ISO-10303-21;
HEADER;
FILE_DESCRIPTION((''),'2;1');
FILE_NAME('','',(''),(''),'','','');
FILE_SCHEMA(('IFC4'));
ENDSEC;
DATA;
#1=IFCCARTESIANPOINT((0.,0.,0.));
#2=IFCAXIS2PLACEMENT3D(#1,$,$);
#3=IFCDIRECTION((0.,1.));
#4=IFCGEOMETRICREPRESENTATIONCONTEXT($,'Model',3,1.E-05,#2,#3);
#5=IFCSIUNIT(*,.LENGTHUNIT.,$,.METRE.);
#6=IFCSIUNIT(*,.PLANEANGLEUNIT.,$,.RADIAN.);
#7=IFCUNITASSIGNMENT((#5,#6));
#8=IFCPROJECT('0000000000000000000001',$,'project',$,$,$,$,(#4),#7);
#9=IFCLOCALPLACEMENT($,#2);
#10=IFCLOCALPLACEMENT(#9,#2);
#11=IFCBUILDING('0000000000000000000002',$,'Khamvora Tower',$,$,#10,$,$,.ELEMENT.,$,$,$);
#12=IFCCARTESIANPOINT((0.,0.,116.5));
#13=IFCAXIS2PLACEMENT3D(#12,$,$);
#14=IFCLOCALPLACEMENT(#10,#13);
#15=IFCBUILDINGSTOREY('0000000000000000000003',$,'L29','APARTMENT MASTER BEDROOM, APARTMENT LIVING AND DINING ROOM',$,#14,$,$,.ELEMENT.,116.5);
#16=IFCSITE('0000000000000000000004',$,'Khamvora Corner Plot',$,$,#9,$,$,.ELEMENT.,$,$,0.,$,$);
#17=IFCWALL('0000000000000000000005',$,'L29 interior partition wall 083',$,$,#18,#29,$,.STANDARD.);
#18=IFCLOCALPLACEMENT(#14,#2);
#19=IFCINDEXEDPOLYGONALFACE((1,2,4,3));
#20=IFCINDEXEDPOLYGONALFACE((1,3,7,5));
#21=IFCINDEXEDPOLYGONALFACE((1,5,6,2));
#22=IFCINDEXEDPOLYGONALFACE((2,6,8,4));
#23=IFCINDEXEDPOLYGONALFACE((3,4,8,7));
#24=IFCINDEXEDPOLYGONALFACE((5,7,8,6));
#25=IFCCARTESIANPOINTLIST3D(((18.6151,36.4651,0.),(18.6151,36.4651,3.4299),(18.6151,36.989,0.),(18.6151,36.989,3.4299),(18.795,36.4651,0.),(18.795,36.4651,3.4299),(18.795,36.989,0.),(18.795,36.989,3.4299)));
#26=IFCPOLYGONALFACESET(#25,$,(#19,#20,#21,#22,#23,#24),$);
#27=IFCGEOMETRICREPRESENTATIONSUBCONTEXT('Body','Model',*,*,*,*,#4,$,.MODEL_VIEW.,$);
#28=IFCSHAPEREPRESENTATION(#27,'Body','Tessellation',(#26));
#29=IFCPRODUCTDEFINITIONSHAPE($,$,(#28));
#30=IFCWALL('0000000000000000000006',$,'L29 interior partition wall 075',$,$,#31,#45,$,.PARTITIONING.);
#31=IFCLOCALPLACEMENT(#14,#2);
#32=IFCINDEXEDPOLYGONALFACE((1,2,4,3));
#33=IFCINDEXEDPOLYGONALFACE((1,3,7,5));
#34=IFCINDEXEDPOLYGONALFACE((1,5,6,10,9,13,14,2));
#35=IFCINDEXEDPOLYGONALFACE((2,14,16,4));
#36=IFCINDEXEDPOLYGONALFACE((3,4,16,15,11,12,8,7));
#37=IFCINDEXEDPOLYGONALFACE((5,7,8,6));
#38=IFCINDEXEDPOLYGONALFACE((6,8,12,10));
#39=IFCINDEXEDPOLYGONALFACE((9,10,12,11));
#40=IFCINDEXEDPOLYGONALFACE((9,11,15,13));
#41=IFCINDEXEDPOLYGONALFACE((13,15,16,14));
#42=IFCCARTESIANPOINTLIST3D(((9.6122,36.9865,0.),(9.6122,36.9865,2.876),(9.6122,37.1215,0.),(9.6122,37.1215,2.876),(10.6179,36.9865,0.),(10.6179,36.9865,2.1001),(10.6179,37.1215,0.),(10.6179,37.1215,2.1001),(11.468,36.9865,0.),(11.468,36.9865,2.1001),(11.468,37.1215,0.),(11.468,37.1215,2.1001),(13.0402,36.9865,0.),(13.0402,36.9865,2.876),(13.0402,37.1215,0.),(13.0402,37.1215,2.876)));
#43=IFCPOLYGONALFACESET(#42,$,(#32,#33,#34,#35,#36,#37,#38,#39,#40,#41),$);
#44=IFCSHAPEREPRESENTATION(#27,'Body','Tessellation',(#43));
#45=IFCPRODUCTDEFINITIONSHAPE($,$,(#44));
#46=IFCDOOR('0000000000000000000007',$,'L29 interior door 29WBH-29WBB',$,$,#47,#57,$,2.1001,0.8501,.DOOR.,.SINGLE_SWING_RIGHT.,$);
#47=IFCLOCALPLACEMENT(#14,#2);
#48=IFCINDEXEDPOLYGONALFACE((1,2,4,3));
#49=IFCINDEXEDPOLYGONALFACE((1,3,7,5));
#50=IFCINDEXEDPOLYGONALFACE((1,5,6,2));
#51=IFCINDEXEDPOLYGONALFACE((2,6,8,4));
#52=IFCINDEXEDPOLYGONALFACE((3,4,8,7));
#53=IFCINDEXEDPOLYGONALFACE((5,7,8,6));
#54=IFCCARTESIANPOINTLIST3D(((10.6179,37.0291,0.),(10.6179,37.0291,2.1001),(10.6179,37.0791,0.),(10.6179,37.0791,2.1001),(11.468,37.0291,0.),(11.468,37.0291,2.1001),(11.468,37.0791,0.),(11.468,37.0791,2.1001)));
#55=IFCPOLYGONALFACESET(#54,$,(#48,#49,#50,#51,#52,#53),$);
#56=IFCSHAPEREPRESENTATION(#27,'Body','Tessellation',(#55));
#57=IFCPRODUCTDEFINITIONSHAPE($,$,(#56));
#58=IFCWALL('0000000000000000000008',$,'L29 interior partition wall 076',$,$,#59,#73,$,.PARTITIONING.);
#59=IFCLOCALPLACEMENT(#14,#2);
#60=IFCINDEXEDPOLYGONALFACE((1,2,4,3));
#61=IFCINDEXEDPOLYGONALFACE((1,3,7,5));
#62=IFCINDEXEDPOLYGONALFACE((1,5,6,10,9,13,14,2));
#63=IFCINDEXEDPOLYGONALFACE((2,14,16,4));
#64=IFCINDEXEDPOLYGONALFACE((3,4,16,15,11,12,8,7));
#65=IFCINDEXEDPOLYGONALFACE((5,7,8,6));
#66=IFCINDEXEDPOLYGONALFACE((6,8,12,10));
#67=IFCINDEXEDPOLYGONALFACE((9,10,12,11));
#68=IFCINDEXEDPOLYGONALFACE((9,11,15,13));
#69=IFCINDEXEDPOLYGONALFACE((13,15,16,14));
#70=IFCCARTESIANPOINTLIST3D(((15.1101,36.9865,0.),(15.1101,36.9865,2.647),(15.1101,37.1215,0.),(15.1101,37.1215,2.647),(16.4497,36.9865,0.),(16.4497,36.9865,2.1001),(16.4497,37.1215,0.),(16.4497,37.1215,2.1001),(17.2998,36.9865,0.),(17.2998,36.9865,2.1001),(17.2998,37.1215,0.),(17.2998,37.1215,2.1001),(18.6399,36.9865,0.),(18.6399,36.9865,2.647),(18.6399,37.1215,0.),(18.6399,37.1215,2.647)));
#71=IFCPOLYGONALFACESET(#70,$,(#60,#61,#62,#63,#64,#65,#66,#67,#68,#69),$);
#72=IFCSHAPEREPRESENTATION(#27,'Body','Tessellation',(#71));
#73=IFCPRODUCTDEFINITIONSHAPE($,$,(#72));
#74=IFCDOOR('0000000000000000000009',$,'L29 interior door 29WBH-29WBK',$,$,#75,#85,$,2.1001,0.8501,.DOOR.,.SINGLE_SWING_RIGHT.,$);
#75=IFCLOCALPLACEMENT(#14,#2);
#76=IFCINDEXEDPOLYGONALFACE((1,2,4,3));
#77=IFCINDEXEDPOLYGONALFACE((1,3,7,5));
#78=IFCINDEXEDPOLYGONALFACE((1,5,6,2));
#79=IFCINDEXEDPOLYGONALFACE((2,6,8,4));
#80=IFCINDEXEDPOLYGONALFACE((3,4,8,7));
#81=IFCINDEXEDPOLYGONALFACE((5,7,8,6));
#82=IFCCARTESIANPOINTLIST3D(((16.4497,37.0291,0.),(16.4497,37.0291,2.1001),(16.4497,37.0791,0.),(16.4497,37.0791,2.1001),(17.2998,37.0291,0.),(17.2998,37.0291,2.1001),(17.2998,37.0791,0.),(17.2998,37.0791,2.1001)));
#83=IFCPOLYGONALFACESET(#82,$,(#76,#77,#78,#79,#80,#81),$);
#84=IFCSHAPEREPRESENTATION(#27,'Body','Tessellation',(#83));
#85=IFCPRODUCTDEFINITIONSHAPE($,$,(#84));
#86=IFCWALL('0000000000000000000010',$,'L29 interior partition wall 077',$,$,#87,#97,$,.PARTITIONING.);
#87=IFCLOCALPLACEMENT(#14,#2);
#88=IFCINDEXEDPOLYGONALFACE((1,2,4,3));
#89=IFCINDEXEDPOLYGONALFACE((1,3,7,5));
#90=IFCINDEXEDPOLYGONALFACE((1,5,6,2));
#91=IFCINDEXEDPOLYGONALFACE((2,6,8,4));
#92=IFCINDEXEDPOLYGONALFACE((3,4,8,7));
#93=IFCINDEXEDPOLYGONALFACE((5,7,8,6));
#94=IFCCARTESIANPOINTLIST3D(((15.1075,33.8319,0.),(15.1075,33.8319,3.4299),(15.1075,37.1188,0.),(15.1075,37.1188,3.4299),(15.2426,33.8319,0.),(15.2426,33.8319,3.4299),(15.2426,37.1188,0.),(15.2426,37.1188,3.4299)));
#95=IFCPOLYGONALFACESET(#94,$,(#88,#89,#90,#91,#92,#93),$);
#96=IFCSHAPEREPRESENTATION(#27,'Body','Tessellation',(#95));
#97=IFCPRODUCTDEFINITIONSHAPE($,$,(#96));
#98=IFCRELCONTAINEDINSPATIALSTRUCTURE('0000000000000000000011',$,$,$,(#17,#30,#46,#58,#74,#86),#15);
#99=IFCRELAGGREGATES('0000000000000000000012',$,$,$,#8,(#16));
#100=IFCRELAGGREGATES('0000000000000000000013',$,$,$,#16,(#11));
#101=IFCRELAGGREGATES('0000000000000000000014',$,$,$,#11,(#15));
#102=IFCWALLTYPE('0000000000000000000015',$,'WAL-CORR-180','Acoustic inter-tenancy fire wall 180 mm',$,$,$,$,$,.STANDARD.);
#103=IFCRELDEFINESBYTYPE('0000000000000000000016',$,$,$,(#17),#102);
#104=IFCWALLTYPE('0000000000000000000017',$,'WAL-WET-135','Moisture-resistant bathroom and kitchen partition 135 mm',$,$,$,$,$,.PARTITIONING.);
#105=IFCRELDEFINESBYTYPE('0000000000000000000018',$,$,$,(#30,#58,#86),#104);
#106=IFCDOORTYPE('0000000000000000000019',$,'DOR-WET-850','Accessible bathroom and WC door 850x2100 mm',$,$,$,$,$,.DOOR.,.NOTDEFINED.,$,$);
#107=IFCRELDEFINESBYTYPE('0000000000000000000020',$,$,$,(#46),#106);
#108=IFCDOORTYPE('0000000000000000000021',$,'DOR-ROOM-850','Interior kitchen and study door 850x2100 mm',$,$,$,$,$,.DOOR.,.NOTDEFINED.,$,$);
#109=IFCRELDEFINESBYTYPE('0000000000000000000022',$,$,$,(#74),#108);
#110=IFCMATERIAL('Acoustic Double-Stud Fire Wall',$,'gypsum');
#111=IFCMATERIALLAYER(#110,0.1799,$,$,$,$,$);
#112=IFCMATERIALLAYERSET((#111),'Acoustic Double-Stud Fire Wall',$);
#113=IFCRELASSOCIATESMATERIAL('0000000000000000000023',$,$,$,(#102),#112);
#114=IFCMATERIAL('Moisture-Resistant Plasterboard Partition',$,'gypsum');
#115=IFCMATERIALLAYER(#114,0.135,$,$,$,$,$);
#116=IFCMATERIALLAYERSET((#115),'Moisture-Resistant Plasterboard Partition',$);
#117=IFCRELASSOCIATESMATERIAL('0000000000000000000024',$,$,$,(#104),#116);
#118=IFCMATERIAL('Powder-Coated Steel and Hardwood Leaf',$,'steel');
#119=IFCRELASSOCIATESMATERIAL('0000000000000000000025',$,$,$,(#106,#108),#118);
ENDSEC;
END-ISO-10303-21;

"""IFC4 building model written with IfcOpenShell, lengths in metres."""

from ifc_helpers import new_model, si_unit, direction, frame, frame_2d, origin, place, context, subcontext, project, spatial, rectangle, extrude, material, layer, layer_set, type_object, element, fill, save


model = new_model("IFC4")

# Units and contexts
model_context = context("Model", 3, precision=1e-05, world=origin(), true_north=direction((0.0, 1.0)))
body_context = subcontext(model_context, "Body", "Model", "MODEL_VIEW")
ifc_project = project(units=[si_unit("LENGTHUNIT", "METRE"), si_unit("PLANEANGLEUNIT", "RADIAN")], contexts=[model_context])

# Site, building, storey
site_placement = place(None, origin())
site = spatial("IfcSite", under=ifc_project, at=site_placement, Name="Khamvora Corner Plot", CompositionType="ELEMENT", RefElevation=0.0)
building_placement = place(site_placement, origin())
building = spatial("IfcBuilding", under=site, at=building_placement, Name="Khamvora Tower", CompositionType="ELEMENT")
storey_placement = place(building_placement, frame((0.0, 0.0, 116.5)))
storey = spatial("IfcBuildingStorey", under=building, at=storey_placement, Name="L29", Description="APARTMENT MASTER BEDROOM, APARTMENT LIVING AND DINING ROOM", CompositionType="ELEMENT", Elevation=116.5)

# Wall
ifc_material_1 = material(Name="Acoustic Double-Stud Fire Wall", Category="gypsum")
ifc_layer_1 = layer(ifc_material_1, 0.1799)
ifc_layer_set_1 = layer_set([ifc_layer_1], Name="Acoustic Double-Stud Fire Wall")
wall_type_1 = type_object("IfcWallType", Name="WAL-CORR-180", Description="Acoustic inter-tenancy fire wall 180 mm", PredefinedType="STANDARD", material=ifc_layer_set_1)
wall_1_placement = place(storey_placement, frame((18.7051, 36.989, 0.0), z_axis=(0.0, 0.0, 1.0), x_axis=(0.0, -1.0, 0.0)))
element("IfcWall", 1, at=wall_1_placement, inside=storey, type_object=wall_type_1, Name="L29 interior partition wall 083", PredefinedType="STANDARD", context=body_context, shape_type="SweptSolid", body=[
    extrude(rectangle(XDim=0.5239, YDim=0.1799, at=frame_2d((0.262, 0.0))), origin(), (0.0, 0.0, 1.0), 3.4299),
])

# Walls, openings, doors
ifc_material_2 = material(Name="Moisture-Resistant Plasterboard Partition", Category="gypsum")
ifc_layer_2 = layer(ifc_material_2, 0.135)
ifc_layer_set_2 = layer_set([ifc_layer_2], Name="Moisture-Resistant Plasterboard Partition")
wall_type_2 = type_object("IfcWallType", Name="WAL-WET-135", Description="Moisture-resistant bathroom and kitchen partition 135 mm", PredefinedType="PARTITIONING", material=ifc_layer_set_2)
wall_2_placement = place(storey_placement, frame((13.04, 37.054, 0.0), z_axis=(0.0, 0.0, 1.0), x_axis=(-1.0, 0.0, 0.0)))
wall_2 = element("IfcWall", 2, at=wall_2_placement, inside=storey, type_object=wall_type_2, Name="L29 interior partition wall 075", PredefinedType="PARTITIONING", context=body_context, shape_type="SweptSolid", body=[
    extrude(rectangle(XDim=3.428, YDim=0.135, at=frame_2d((1.7139, 0.0))), origin(), (0.0, 0.0, 1.0), 2.876),
])
opening_1_placement = place(wall_2_placement, frame((1.572, 0.0, 0.0)))
opening_1 = element("IfcOpeningElement", 3, at=opening_1_placement, cuts=wall_2, PredefinedType="OPENING", context=body_context, shape_type="SweptSolid", body=[
    extrude(rectangle(XDim=0.8501, YDim=2.1001, at=frame_2d((0.425, 1.05))), frame((0.0, 0.0774, 0.0), z_axis=(0.0, -1.0, 0.0), x_axis=(1.0, 0.0, 0.0)), (0.0, 0.0, 1.0), 0.155),
])
ifc_material_3 = material(Name="Powder-Coated Steel and Hardwood Leaf", Category="steel")
door_type_1 = type_object("IfcDoorType", Name="DOR-WET-850", Description="Accessible bathroom and WC door 850x2100 mm", OperationType="NOTDEFINED", PredefinedType="DOOR", material=ifc_material_3)
door_1_placement = place(opening_1_placement, origin())
door_1 = element("IfcDoor", 4, at=door_1_placement, inside=storey, type_object=door_type_1, Name="L29 interior door 29WBH-29WBB", OperationType="SINGLE_SWING_RIGHT", OverallHeight=2.1001, OverallWidth=0.8501, PredefinedType="DOOR", context=body_context, shape_type="SweptSolid", body=[
    extrude(rectangle(XDim=0.8501, YDim=2.1001, at=frame_2d((0.425, 1.05))), frame((0.0, 0.0249, 0.0), z_axis=(0.0, -1.0, 0.0), x_axis=(1.0, 0.0, 0.0)), (0.0, 0.0, 1.0), 0.05),
])
fill(opening_1, door_1)
wall_3_placement = place(storey_placement, frame((18.6399, 37.054, 0.0), z_axis=(0.0, 0.0, 1.0), x_axis=(-1.0, 0.0, 0.0)))
wall_3 = element("IfcWall", 5, at=wall_3_placement, inside=storey, type_object=wall_type_2, Name="L29 interior partition wall 076", PredefinedType="PARTITIONING", context=body_context, shape_type="SweptSolid", body=[
    extrude(rectangle(XDim=3.5298, YDim=0.135, at=frame_2d((1.7649, 0.0))), origin(), (0.0, 0.0, 1.0), 2.647),
])
opening_2_placement = place(wall_3_placement, frame((1.3401, 0.0, 0.0)))
opening_2 = element("IfcOpeningElement", 6, at=opening_2_placement, cuts=wall_3, PredefinedType="OPENING", context=body_context, shape_type="SweptSolid", body=[
    extrude(rectangle(XDim=0.8501, YDim=2.1001, at=frame_2d((0.425, 1.05))), frame((0.0, 0.0774, 0.0), z_axis=(0.0, -1.0, 0.0), x_axis=(1.0, 0.0, 0.0)), (0.0, 0.0, 1.0), 0.155),
])
door_type_2 = type_object("IfcDoorType", Name="DOR-ROOM-850", Description="Interior kitchen and study door 850x2100 mm", OperationType="NOTDEFINED", PredefinedType="DOOR", material=ifc_material_3)
door_2_placement = place(opening_2_placement, origin())
door_2 = element("IfcDoor", 7, at=door_2_placement, inside=storey, type_object=door_type_2, Name="L29 interior door 29WBH-29WBK", OperationType="SINGLE_SWING_RIGHT", OverallHeight=2.1001, OverallWidth=0.8501, PredefinedType="DOOR", context=body_context, shape_type="SweptSolid", body=[
    extrude(rectangle(XDim=0.8501, YDim=2.1001, at=frame_2d((0.425, 1.05))), frame((0.0, 0.0249, 0.0), z_axis=(0.0, -1.0, 0.0), x_axis=(1.0, 0.0, 0.0)), (0.0, 0.0, 1.0), 0.05),
])
fill(opening_2, door_2)

# Wall
wall_4_placement = place(storey_placement, frame((15.175, 37.1189, 0.0), z_axis=(0.0, 0.0, 1.0), x_axis=(0.0, -1.0, 0.0)))
element("IfcWall", 8, at=wall_4_placement, inside=storey, type_object=wall_type_2, Name="L29 interior partition wall 077", PredefinedType="PARTITIONING", context=body_context, shape_type="SweptSolid", body=[
    extrude(rectangle(XDim=3.2869, YDim=0.135, at=frame_2d((1.6436, 0.0))), origin(), (0.0, 0.0, 1.0), 3.4299),
])

save(model, "model.ifc")
